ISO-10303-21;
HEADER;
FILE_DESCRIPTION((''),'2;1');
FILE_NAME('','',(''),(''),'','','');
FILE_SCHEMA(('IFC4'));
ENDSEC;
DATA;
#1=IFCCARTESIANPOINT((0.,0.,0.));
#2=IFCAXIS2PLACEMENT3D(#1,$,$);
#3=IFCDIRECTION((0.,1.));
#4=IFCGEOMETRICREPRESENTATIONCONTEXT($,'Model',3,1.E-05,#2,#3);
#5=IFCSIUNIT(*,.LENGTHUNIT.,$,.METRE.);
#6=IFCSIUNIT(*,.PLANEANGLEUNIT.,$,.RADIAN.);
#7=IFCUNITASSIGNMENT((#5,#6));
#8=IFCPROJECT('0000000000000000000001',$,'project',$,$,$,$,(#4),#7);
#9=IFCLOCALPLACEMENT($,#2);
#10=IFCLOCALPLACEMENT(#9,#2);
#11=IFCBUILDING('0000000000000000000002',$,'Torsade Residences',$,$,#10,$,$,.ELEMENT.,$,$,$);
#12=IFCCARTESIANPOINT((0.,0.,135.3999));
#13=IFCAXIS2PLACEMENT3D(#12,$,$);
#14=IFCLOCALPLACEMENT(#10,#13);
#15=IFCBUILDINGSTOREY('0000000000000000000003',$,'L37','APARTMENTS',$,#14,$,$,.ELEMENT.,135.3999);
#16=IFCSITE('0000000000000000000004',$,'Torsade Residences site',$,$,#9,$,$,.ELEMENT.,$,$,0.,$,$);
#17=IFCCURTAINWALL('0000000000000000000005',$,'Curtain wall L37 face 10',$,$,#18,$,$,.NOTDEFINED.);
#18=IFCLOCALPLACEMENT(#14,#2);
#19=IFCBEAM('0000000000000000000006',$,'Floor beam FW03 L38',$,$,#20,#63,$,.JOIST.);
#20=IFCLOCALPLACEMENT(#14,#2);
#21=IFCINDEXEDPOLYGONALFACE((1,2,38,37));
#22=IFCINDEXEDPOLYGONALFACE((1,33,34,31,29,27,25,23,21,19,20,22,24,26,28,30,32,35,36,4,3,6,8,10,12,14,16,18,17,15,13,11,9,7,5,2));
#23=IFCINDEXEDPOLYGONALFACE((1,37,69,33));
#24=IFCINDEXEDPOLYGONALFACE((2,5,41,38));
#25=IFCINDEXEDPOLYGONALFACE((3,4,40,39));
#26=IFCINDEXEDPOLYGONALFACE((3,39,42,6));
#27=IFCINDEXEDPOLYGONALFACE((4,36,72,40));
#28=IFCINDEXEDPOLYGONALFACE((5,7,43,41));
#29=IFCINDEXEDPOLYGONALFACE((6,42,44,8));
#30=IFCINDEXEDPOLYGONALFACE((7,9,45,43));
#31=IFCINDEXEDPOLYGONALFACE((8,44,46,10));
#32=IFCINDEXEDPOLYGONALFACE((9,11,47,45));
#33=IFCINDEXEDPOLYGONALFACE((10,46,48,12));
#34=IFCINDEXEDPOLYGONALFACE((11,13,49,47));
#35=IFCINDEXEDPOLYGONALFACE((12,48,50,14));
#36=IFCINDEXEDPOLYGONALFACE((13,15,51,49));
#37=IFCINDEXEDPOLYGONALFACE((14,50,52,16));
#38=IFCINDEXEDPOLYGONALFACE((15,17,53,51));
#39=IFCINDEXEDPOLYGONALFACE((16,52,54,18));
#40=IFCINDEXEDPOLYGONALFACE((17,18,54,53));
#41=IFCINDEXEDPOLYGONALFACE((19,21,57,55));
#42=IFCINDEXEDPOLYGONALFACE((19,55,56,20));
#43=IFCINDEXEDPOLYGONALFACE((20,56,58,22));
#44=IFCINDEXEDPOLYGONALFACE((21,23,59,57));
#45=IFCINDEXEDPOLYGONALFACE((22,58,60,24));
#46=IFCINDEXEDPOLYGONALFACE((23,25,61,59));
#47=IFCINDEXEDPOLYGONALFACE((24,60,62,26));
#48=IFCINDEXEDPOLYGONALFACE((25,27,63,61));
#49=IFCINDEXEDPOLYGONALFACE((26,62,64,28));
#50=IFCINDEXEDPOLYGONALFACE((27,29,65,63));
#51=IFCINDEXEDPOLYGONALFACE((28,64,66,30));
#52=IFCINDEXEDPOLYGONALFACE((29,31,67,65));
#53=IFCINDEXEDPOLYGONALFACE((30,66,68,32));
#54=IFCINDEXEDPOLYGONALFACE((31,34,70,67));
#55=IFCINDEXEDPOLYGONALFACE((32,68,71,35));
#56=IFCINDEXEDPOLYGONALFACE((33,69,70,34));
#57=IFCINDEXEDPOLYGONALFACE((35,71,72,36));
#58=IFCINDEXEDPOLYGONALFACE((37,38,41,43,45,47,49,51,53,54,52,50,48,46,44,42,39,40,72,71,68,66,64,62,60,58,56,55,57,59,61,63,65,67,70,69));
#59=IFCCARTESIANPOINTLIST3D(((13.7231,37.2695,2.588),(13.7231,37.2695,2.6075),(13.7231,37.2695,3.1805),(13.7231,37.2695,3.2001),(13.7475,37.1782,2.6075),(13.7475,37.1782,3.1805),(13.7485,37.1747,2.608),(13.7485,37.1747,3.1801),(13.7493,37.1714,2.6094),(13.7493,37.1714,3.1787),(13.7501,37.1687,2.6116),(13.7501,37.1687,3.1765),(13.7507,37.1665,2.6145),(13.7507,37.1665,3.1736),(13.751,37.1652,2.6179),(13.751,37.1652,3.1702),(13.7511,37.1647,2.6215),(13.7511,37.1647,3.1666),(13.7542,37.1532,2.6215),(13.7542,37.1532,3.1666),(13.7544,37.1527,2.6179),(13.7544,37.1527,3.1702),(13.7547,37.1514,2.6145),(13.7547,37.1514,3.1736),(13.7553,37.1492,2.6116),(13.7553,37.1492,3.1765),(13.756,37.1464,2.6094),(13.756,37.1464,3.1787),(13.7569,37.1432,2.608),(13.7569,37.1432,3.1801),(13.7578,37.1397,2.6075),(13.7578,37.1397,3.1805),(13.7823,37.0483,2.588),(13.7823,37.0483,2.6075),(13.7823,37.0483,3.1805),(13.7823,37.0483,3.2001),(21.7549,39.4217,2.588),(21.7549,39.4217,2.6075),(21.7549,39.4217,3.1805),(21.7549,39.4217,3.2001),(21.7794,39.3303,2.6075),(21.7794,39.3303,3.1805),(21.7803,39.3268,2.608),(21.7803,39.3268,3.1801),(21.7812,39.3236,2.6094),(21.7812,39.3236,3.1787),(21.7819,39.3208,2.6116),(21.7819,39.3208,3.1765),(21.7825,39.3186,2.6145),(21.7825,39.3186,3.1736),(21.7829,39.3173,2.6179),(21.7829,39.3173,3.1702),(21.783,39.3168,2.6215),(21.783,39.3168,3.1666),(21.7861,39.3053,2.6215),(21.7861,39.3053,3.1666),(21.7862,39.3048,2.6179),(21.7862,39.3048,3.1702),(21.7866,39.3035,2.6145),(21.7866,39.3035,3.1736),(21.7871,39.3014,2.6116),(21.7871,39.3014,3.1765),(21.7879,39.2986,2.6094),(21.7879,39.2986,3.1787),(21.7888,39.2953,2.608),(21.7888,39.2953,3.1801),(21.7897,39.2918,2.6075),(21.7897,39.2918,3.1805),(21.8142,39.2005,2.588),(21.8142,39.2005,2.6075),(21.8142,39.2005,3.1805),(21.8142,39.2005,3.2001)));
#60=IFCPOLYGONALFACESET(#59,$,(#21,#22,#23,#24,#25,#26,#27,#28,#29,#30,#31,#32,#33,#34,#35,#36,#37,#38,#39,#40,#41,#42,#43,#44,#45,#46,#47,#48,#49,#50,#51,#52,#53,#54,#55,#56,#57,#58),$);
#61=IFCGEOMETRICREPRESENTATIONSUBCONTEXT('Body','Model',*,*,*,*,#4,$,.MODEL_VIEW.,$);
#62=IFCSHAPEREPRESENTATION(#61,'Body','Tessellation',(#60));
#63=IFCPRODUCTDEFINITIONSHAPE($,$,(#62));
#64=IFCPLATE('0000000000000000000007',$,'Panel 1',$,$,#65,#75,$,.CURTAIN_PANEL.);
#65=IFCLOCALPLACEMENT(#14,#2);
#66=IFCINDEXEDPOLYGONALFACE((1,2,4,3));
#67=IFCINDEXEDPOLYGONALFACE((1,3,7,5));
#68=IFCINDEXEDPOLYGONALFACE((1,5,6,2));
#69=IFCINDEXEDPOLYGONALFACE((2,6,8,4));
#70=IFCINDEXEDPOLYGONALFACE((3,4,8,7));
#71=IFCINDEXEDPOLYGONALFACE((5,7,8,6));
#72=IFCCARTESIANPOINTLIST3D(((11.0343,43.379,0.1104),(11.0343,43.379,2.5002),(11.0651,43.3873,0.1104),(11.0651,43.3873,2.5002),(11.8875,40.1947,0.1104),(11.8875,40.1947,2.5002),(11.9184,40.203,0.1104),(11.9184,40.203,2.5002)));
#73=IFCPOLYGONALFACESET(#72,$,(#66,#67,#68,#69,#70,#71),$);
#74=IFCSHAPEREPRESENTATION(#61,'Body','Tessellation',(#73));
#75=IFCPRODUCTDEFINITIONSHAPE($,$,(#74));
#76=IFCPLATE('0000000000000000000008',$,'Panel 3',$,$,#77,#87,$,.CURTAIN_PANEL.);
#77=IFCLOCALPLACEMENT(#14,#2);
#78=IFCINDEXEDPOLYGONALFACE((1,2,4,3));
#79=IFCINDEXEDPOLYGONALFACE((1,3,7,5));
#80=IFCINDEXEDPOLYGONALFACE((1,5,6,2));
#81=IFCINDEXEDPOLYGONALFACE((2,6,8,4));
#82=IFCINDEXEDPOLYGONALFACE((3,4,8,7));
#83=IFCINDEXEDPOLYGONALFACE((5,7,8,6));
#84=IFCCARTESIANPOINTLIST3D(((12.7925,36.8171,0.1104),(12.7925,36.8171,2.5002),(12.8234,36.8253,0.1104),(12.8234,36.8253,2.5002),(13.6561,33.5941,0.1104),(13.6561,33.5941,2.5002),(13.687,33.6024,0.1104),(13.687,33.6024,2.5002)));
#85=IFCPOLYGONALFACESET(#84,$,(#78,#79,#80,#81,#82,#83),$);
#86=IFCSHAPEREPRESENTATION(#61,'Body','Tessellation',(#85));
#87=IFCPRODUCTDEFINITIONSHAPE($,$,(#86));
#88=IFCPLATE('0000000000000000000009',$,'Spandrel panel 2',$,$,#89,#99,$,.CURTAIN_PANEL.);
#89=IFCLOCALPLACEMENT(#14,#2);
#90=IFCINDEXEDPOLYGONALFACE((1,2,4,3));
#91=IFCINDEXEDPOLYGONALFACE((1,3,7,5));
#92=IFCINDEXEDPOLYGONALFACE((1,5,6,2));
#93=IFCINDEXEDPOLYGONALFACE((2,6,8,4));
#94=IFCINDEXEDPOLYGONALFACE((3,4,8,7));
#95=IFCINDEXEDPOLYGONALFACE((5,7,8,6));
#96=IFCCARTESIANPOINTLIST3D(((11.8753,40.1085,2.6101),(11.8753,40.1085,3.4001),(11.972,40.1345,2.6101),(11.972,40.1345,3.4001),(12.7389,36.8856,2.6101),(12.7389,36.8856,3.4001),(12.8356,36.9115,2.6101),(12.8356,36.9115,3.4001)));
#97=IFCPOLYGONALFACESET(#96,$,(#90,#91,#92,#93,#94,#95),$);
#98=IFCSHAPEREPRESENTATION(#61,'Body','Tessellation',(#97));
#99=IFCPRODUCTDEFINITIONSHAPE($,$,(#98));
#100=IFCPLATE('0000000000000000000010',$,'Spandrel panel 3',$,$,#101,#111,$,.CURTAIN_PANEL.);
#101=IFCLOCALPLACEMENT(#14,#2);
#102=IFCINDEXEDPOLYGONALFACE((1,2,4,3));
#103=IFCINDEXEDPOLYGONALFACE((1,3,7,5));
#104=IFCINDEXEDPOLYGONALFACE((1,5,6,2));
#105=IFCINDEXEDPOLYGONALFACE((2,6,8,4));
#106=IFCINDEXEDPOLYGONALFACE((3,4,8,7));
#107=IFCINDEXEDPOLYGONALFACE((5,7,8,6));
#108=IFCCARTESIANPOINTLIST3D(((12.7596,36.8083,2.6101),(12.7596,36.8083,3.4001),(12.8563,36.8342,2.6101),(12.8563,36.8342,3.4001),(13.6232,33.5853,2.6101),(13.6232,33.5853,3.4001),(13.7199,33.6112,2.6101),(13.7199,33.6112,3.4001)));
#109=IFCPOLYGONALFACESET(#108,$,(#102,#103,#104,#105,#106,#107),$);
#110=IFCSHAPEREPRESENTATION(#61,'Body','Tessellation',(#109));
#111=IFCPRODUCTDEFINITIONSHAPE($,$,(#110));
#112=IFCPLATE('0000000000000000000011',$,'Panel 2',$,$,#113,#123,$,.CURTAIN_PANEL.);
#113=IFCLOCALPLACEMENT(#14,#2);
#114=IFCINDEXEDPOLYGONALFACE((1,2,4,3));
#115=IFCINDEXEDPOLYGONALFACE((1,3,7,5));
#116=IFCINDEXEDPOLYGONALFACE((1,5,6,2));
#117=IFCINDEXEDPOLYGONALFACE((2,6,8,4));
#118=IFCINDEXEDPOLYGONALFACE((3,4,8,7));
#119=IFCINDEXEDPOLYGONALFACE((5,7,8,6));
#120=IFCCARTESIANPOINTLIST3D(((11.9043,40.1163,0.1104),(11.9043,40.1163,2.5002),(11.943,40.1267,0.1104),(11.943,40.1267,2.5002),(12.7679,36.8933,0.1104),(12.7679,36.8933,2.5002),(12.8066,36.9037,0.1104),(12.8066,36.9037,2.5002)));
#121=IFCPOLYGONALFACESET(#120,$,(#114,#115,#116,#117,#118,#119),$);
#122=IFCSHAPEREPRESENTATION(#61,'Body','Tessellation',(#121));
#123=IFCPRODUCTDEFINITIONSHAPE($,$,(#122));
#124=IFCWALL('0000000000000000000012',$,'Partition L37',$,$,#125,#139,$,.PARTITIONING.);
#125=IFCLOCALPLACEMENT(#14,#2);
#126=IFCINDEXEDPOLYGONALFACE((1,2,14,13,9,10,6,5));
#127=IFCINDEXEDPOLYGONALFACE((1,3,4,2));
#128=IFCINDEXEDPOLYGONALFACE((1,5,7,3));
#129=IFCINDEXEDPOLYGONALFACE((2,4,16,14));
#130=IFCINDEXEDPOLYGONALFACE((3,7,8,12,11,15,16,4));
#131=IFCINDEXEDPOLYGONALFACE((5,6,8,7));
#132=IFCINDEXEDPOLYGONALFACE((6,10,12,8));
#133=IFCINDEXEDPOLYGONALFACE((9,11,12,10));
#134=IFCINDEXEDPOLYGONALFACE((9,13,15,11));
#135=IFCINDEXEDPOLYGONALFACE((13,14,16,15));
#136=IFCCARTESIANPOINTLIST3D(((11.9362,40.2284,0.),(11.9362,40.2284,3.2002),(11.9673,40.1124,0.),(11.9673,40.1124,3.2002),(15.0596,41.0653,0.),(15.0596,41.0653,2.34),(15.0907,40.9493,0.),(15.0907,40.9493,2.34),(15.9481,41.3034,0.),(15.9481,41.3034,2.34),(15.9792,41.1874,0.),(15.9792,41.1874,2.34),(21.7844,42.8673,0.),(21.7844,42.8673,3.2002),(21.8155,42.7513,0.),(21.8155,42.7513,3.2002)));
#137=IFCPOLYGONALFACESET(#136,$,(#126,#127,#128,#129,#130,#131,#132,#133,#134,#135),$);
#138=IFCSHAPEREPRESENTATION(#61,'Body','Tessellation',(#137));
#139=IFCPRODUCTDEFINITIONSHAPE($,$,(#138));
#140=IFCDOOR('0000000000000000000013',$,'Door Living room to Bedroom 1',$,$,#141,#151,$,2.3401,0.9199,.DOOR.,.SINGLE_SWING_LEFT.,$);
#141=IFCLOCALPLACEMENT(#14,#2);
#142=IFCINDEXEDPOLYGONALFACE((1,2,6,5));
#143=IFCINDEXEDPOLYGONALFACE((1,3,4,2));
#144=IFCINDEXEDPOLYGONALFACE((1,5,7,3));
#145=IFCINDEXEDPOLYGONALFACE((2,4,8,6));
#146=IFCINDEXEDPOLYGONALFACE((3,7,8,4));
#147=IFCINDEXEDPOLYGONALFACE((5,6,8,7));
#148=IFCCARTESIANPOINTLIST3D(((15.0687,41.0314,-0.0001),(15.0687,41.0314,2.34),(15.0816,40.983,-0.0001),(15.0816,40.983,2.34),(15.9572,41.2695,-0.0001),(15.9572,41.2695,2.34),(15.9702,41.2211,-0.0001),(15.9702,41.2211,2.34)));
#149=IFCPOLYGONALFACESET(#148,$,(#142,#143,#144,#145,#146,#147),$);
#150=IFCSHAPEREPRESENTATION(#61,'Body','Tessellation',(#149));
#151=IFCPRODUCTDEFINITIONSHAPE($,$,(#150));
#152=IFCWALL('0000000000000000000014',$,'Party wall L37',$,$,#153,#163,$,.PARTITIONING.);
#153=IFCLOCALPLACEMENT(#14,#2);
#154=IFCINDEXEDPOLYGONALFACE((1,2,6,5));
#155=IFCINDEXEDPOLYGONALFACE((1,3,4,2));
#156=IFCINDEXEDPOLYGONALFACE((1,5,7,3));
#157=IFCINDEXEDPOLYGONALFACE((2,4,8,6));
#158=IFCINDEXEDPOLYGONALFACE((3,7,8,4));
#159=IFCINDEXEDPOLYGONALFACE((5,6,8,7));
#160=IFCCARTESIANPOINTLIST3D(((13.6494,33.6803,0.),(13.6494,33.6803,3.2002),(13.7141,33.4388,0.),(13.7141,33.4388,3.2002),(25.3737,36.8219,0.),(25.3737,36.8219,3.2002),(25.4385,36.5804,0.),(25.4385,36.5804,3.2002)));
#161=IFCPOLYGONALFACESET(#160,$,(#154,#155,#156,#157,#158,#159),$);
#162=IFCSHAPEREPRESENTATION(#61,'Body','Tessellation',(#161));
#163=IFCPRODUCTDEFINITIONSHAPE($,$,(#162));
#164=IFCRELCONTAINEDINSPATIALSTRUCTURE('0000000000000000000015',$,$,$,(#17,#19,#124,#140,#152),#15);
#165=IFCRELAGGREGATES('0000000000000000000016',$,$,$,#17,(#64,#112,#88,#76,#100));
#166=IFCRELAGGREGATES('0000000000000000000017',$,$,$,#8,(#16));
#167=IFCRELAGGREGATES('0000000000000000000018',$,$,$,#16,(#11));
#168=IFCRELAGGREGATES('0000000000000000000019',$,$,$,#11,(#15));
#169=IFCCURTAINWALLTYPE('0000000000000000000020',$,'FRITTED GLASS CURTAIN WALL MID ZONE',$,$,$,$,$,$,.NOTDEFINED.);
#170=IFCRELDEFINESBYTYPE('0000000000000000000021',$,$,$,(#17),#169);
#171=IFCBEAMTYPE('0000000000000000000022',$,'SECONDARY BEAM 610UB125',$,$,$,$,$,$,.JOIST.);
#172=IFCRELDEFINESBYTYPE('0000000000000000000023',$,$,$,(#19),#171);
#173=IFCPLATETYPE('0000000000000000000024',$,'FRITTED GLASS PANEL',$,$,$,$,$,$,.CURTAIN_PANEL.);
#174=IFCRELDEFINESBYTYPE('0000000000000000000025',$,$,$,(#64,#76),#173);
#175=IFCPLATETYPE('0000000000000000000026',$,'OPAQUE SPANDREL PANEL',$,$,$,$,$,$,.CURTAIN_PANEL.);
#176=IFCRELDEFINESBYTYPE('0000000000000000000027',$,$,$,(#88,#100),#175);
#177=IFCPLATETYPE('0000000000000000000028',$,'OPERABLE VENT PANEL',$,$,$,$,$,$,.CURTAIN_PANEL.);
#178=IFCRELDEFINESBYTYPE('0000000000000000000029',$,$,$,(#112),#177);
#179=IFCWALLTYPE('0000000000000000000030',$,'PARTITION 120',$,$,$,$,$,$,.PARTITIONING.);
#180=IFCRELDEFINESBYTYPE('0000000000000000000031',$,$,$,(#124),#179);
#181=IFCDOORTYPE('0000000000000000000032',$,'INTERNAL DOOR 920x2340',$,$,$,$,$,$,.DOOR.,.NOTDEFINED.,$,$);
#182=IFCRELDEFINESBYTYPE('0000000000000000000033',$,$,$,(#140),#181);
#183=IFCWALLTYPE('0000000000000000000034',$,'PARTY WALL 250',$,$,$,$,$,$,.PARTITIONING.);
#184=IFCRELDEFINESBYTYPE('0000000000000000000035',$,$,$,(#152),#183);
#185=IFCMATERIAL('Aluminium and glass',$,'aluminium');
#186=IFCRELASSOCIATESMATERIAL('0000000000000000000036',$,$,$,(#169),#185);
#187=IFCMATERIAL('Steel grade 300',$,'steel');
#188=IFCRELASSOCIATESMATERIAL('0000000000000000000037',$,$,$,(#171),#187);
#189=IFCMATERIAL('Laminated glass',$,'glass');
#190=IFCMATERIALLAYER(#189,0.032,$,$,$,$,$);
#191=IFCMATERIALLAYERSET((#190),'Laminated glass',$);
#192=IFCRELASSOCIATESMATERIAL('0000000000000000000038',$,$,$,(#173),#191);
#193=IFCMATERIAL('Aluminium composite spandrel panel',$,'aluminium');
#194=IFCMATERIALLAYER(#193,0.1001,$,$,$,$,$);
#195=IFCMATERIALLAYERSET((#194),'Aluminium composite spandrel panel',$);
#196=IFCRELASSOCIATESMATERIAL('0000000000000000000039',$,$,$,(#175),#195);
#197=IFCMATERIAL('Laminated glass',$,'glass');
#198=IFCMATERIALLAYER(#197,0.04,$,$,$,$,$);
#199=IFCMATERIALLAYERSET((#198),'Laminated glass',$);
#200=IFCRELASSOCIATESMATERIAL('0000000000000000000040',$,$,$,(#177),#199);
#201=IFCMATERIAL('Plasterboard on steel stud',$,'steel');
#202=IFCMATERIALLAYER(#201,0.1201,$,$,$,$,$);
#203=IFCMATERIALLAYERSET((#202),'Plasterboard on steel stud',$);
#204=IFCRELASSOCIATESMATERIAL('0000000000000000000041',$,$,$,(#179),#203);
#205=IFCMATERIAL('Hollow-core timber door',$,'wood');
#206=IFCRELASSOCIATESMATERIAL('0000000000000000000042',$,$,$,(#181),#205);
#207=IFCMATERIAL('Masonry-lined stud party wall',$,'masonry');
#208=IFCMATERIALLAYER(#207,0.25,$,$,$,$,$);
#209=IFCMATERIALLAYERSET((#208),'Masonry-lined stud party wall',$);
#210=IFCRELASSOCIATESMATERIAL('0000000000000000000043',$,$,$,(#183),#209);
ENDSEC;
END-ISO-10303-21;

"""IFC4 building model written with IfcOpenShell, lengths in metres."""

from ifc_helpers import new_model, si_unit, direction, frame, frame_2d, origin, origin_2d, place, context, subcontext, project, spatial, rectangle, i_section, extrude, material, layer, layer_set, material_profile, profile_set, type_object, element, fill, aggregate, save


model = new_model("IFC4")

# Units and contexts
model_context = context("Model", 3, precision=1e-05, world=origin(), true_north=direction((0.0, 1.0)))
body_context = subcontext(model_context, "Body", "Model", "MODEL_VIEW")
ifc_project = project(units=[si_unit("LENGTHUNIT", "METRE"), si_unit("PLANEANGLEUNIT", "RADIAN")], contexts=[model_context])

# Site, building, storey
site_placement = place(None, origin())
site = spatial("IfcSite", under=ifc_project, at=site_placement, Name="Torsade Residences site", CompositionType="ELEMENT", RefElevation=0.0)
building_placement = place(site_placement, origin())
building = spatial("IfcBuilding", under=site, at=building_placement, Name="Torsade Residences", CompositionType="ELEMENT")
storey_placement = place(building_placement, frame((0.0, 0.0, 135.3999)))
storey = spatial("IfcBuildingStorey", under=building, at=storey_placement, Name="L37", Description="APARTMENTS", CompositionType="ELEMENT", Elevation=135.3999)

# Curtain wall
ifc_material_1 = material(Name="Aluminium and glass", Category="aluminium")
curtain_wall_type = type_object("IfcCurtainWallType", Name="FRITTED GLASS CURTAIN WALL MID ZONE", PredefinedType="NOTDEFINED", material=ifc_material_1)
curtain_wall_placement = place(storey_placement, origin())
curtain_wall = element("IfcCurtainWall", 1, at=curtain_wall_placement, inside=storey, type_object=curtain_wall_type, Name="Curtain wall L37 face 10", PredefinedType="NOTDEFINED")

# Beam
ifc_material_2 = material(Name="Steel grade 300", Category="steel")
ifc_material_profile_1 = material_profile(ifc_material_2, i_section(OverallWidth=0.229, OverallDepth=0.6121, WebThickness=0.012, FlangeThickness=0.0195, FilletRadius=0.0139, at=origin_2d()), Name="610UB125")
ifc_profile_set_1 = profile_set([ifc_material_profile_1], Name="Steel grade 300")
beam_type = type_object("IfcBeamType", Name="SECONDARY BEAM 610UB125", PredefinedType="JOIST", material=ifc_profile_set_1)
beam_1_placement = place(storey_placement, frame((13.7527, 37.1589, 2.894), z_axis=(0.965926, 0.258819, 0.0), x_axis=(-0.258819, 0.965926, 0.0)))
element("IfcBeam", 2, at=beam_1_placement, inside=storey, type_object=beam_type, Name="Floor beam FW03 L38", PredefinedType="JOIST", context=body_context, shape_type="SweptSolid", body=[
    extrude(i_section(OverallWidth=0.229, OverallDepth=0.6121, WebThickness=0.012, FlangeThickness=0.0195, FilletRadius=0.0139, at=origin_2d()), origin(), (0.0, 0.0, 1.0), 8.3152),
])

# Plates
ifc_material_3 = material(Name="Laminated glass", Category="glass")
ifc_layer_1 = layer(ifc_material_3, 0.032)
ifc_layer_set_1 = layer_set([ifc_layer_1], Name="Laminated glass")
plate_type_1 = type_object("IfcPlateType", Name="FRITTED GLASS PANEL", PredefinedType="CURTAIN_PANEL", material=ifc_layer_set_1)
plate_1_placement = place(storey_placement, frame((11.4763, 41.791, 0.1104), z_axis=(0.0, 0.0, 1.0), x_axis=(0.258819, -0.965926, 0.0)))
plate_1 = element("IfcPlate", 3, at=plate_1_placement, type_object=plate_type_1, Name="Panel 1", PredefinedType="CURTAIN_PANEL", context=body_context, shape_type="SweptSolid", body=[
    extrude(rectangle(XDim=3.2966, YDim=0.032, at=origin_2d()), origin(), (0.0, 0.0, 1.0), 2.3899),
])
plate_2_placement = place(storey_placement, frame((13.2397, 35.2097, 0.1104), z_axis=(0.0, 0.0, 1.0), x_axis=(0.258819, -0.965926, 0.0)))
plate_2 = element("IfcPlate", 4, at=plate_2_placement, type_object=plate_type_1, Name="Panel 3", PredefinedType="CURTAIN_PANEL", context=body_context, shape_type="SweptSolid", body=[
    extrude(rectangle(XDim=3.3367, YDim=0.032, at=origin_2d()), origin(), (0.0, 0.0, 1.0), 2.3899),
])
ifc_material_4 = material(Name="Aluminium composite spandrel panel", Category="aluminium")
ifc_layer_2 = layer(ifc_material_4, 0.1001)
ifc_layer_set_2 = layer_set([ifc_layer_2], Name="Aluminium composite spandrel panel")
plate_type_2 = type_object("IfcPlateType", Name="OPAQUE SPANDREL PANEL", PredefinedType="CURTAIN_PANEL", material=ifc_layer_set_2)
plate_3_placement = place(storey_placement, frame((12.3555, 38.51, 2.6101), z_axis=(0.0, 0.0, 1.0), x_axis=(0.258819, -0.965926, 0.0)))
plate_3 = element("IfcPlate", 5, at=plate_3_placement, type_object=plate_type_2, Name="Spandrel panel 2", PredefinedType="CURTAIN_PANEL", context=body_context, shape_type="SweptSolid", body=[
    extrude(rectangle(XDim=3.3367, YDim=0.1001, at=origin_2d()), origin(), (0.0, 0.0, 1.0), 0.79),
])
plate_4_placement = place(storey_placement, frame((13.2397, 35.2097, 2.6101), z_axis=(0.0, 0.0, 1.0), x_axis=(0.258819, -0.965926, 0.0)))
plate_4 = element("IfcPlate", 6, at=plate_4_placement, type_object=plate_type_2, Name="Spandrel panel 3", PredefinedType="CURTAIN_PANEL", context=body_context, shape_type="SweptSolid", body=[
    extrude(rectangle(XDim=3.3367, YDim=0.1001, at=origin_2d()), origin(), (0.0, 0.0, 1.0), 0.79),
])
ifc_material_5 = material(Name="Laminated glass", Category="glass")
ifc_layer_3 = layer(ifc_material_5, 0.04)
ifc_layer_set_3 = layer_set([ifc_layer_3], Name="Laminated glass")
plate_type_3 = type_object("IfcPlateType", Name="OPERABLE VENT PANEL", PredefinedType="CURTAIN_PANEL", material=ifc_layer_set_3)
plate_5_placement = place(storey_placement, frame((12.3555, 38.51, 0.1104), z_axis=(0.0, 0.0, 1.0), x_axis=(0.258819, -0.965926, 0.0)))
plate_5 = element("IfcPlate", 7, at=plate_5_placement, type_object=plate_type_3, Name="Panel 2", PredefinedType="CURTAIN_PANEL", context=body_context, shape_type="SweptSolid", body=[
    extrude(rectangle(XDim=3.3367, YDim=0.04, at=origin_2d()), origin(), (0.0, 0.0, 1.0), 2.3899),
])
aggregate(curtain_wall, [plate_1, plate_5, plate_3, plate_2, plate_4])

# Wall, opening, door
ifc_material_6 = material(Name="Plasterboard on steel stud", Category="steel")
ifc_layer_4 = layer(ifc_material_6, 0.1201)
ifc_layer_set_4 = layer_set([ifc_layer_4], Name="Plasterboard on steel stud")
wall_type_1 = type_object("IfcWallType", Name="PARTITION 120", PredefinedType="PARTITIONING", material=ifc_layer_set_4)
wall_1_placement = place(storey_placement, frame((11.9519, 40.1704, 0.0), z_axis=(0.0, 0.0, 1.0), x_axis=(0.965923, 0.258829, 0.0)))
wall_1 = element("IfcWall", 8, at=wall_1_placement, inside=storey, type_object=wall_type_1, Name="Partition L37", PredefinedType="PARTITIONING", context=body_context, shape_type="SweptSolid", body=[
    extrude(rectangle(XDim=10.1956, YDim=0.1201, at=frame_2d((5.0977, 0.0))), origin(), (0.0, 0.0, 1.0), 3.2002),
])
opening_placement = place(wall_1_placement, frame((3.2334, 0.0, 0.0)))
opening = element("IfcOpeningElement", 9, at=opening_placement, cuts=wall_1, PredefinedType="OPENING", context=body_context, shape_type="SweptSolid", body=[
    extrude(rectangle(XDim=0.9199, YDim=2.3401, at=frame_2d((0.46, 1.1699))), frame((0.0, 0.0701, 0.0), z_axis=(0.0, -1.0, 0.0), x_axis=(1.0, 0.0, 0.0)), (0.0, 0.0, 1.0), 0.1401),
])
ifc_material_7 = material(Name="Hollow-core timber door", Category="wood")
door_type = type_object("IfcDoorType", Name="INTERNAL DOOR 920x2340", OperationType="NOTDEFINED", PredefinedType="DOOR", material=ifc_material_7)
door_placement = place(opening_placement, origin())
door = element("IfcDoor", 10, at=door_placement, inside=storey, type_object=door_type, Name="Door Living room to Bedroom 1", OperationType="SINGLE_SWING_LEFT", OverallHeight=2.3401, OverallWidth=0.9199, PredefinedType="DOOR", context=body_context, shape_type="SweptSolid", body=[
    extrude(rectangle(XDim=0.9199, YDim=2.3401, at=frame_2d((0.46, 1.1699))), frame((0.0, 0.0249, 0.0), z_axis=(0.0, -1.0, 0.0), x_axis=(1.0, 0.0, 0.0)), (0.0, 0.0, 1.0), 0.05),
])
fill(opening, door)

# Wall
ifc_material_8 = material(Name="Masonry-lined stud party wall", Category="masonry")
ifc_layer_5 = layer(ifc_material_8, 0.25)
ifc_layer_set_5 = layer_set([ifc_layer_5], Name="Masonry-lined stud party wall")
wall_type_2 = type_object("IfcWallType", Name="PARTY WALL 250", PredefinedType="PARTITIONING", material=ifc_layer_set_5)
wall_2_placement = place(storey_placement, frame((13.6819, 33.5596, 0.0), z_axis=(0.0, 0.0, 1.0), x_axis=(0.965924, 0.258824, 0.0)))
element("IfcWall", 11, at=wall_2_placement, inside=storey, type_object=wall_type_2, Name="Party wall L37", PredefinedType="PARTITIONING", context=body_context, shape_type="SweptSolid", body=[
    extrude(rectangle(XDim=12.1379, YDim=0.25, at=frame_2d((6.0688, 0.0))), origin(), (0.0, 0.0, 1.0), 3.2002),
])

save(model, "model.ifc")
